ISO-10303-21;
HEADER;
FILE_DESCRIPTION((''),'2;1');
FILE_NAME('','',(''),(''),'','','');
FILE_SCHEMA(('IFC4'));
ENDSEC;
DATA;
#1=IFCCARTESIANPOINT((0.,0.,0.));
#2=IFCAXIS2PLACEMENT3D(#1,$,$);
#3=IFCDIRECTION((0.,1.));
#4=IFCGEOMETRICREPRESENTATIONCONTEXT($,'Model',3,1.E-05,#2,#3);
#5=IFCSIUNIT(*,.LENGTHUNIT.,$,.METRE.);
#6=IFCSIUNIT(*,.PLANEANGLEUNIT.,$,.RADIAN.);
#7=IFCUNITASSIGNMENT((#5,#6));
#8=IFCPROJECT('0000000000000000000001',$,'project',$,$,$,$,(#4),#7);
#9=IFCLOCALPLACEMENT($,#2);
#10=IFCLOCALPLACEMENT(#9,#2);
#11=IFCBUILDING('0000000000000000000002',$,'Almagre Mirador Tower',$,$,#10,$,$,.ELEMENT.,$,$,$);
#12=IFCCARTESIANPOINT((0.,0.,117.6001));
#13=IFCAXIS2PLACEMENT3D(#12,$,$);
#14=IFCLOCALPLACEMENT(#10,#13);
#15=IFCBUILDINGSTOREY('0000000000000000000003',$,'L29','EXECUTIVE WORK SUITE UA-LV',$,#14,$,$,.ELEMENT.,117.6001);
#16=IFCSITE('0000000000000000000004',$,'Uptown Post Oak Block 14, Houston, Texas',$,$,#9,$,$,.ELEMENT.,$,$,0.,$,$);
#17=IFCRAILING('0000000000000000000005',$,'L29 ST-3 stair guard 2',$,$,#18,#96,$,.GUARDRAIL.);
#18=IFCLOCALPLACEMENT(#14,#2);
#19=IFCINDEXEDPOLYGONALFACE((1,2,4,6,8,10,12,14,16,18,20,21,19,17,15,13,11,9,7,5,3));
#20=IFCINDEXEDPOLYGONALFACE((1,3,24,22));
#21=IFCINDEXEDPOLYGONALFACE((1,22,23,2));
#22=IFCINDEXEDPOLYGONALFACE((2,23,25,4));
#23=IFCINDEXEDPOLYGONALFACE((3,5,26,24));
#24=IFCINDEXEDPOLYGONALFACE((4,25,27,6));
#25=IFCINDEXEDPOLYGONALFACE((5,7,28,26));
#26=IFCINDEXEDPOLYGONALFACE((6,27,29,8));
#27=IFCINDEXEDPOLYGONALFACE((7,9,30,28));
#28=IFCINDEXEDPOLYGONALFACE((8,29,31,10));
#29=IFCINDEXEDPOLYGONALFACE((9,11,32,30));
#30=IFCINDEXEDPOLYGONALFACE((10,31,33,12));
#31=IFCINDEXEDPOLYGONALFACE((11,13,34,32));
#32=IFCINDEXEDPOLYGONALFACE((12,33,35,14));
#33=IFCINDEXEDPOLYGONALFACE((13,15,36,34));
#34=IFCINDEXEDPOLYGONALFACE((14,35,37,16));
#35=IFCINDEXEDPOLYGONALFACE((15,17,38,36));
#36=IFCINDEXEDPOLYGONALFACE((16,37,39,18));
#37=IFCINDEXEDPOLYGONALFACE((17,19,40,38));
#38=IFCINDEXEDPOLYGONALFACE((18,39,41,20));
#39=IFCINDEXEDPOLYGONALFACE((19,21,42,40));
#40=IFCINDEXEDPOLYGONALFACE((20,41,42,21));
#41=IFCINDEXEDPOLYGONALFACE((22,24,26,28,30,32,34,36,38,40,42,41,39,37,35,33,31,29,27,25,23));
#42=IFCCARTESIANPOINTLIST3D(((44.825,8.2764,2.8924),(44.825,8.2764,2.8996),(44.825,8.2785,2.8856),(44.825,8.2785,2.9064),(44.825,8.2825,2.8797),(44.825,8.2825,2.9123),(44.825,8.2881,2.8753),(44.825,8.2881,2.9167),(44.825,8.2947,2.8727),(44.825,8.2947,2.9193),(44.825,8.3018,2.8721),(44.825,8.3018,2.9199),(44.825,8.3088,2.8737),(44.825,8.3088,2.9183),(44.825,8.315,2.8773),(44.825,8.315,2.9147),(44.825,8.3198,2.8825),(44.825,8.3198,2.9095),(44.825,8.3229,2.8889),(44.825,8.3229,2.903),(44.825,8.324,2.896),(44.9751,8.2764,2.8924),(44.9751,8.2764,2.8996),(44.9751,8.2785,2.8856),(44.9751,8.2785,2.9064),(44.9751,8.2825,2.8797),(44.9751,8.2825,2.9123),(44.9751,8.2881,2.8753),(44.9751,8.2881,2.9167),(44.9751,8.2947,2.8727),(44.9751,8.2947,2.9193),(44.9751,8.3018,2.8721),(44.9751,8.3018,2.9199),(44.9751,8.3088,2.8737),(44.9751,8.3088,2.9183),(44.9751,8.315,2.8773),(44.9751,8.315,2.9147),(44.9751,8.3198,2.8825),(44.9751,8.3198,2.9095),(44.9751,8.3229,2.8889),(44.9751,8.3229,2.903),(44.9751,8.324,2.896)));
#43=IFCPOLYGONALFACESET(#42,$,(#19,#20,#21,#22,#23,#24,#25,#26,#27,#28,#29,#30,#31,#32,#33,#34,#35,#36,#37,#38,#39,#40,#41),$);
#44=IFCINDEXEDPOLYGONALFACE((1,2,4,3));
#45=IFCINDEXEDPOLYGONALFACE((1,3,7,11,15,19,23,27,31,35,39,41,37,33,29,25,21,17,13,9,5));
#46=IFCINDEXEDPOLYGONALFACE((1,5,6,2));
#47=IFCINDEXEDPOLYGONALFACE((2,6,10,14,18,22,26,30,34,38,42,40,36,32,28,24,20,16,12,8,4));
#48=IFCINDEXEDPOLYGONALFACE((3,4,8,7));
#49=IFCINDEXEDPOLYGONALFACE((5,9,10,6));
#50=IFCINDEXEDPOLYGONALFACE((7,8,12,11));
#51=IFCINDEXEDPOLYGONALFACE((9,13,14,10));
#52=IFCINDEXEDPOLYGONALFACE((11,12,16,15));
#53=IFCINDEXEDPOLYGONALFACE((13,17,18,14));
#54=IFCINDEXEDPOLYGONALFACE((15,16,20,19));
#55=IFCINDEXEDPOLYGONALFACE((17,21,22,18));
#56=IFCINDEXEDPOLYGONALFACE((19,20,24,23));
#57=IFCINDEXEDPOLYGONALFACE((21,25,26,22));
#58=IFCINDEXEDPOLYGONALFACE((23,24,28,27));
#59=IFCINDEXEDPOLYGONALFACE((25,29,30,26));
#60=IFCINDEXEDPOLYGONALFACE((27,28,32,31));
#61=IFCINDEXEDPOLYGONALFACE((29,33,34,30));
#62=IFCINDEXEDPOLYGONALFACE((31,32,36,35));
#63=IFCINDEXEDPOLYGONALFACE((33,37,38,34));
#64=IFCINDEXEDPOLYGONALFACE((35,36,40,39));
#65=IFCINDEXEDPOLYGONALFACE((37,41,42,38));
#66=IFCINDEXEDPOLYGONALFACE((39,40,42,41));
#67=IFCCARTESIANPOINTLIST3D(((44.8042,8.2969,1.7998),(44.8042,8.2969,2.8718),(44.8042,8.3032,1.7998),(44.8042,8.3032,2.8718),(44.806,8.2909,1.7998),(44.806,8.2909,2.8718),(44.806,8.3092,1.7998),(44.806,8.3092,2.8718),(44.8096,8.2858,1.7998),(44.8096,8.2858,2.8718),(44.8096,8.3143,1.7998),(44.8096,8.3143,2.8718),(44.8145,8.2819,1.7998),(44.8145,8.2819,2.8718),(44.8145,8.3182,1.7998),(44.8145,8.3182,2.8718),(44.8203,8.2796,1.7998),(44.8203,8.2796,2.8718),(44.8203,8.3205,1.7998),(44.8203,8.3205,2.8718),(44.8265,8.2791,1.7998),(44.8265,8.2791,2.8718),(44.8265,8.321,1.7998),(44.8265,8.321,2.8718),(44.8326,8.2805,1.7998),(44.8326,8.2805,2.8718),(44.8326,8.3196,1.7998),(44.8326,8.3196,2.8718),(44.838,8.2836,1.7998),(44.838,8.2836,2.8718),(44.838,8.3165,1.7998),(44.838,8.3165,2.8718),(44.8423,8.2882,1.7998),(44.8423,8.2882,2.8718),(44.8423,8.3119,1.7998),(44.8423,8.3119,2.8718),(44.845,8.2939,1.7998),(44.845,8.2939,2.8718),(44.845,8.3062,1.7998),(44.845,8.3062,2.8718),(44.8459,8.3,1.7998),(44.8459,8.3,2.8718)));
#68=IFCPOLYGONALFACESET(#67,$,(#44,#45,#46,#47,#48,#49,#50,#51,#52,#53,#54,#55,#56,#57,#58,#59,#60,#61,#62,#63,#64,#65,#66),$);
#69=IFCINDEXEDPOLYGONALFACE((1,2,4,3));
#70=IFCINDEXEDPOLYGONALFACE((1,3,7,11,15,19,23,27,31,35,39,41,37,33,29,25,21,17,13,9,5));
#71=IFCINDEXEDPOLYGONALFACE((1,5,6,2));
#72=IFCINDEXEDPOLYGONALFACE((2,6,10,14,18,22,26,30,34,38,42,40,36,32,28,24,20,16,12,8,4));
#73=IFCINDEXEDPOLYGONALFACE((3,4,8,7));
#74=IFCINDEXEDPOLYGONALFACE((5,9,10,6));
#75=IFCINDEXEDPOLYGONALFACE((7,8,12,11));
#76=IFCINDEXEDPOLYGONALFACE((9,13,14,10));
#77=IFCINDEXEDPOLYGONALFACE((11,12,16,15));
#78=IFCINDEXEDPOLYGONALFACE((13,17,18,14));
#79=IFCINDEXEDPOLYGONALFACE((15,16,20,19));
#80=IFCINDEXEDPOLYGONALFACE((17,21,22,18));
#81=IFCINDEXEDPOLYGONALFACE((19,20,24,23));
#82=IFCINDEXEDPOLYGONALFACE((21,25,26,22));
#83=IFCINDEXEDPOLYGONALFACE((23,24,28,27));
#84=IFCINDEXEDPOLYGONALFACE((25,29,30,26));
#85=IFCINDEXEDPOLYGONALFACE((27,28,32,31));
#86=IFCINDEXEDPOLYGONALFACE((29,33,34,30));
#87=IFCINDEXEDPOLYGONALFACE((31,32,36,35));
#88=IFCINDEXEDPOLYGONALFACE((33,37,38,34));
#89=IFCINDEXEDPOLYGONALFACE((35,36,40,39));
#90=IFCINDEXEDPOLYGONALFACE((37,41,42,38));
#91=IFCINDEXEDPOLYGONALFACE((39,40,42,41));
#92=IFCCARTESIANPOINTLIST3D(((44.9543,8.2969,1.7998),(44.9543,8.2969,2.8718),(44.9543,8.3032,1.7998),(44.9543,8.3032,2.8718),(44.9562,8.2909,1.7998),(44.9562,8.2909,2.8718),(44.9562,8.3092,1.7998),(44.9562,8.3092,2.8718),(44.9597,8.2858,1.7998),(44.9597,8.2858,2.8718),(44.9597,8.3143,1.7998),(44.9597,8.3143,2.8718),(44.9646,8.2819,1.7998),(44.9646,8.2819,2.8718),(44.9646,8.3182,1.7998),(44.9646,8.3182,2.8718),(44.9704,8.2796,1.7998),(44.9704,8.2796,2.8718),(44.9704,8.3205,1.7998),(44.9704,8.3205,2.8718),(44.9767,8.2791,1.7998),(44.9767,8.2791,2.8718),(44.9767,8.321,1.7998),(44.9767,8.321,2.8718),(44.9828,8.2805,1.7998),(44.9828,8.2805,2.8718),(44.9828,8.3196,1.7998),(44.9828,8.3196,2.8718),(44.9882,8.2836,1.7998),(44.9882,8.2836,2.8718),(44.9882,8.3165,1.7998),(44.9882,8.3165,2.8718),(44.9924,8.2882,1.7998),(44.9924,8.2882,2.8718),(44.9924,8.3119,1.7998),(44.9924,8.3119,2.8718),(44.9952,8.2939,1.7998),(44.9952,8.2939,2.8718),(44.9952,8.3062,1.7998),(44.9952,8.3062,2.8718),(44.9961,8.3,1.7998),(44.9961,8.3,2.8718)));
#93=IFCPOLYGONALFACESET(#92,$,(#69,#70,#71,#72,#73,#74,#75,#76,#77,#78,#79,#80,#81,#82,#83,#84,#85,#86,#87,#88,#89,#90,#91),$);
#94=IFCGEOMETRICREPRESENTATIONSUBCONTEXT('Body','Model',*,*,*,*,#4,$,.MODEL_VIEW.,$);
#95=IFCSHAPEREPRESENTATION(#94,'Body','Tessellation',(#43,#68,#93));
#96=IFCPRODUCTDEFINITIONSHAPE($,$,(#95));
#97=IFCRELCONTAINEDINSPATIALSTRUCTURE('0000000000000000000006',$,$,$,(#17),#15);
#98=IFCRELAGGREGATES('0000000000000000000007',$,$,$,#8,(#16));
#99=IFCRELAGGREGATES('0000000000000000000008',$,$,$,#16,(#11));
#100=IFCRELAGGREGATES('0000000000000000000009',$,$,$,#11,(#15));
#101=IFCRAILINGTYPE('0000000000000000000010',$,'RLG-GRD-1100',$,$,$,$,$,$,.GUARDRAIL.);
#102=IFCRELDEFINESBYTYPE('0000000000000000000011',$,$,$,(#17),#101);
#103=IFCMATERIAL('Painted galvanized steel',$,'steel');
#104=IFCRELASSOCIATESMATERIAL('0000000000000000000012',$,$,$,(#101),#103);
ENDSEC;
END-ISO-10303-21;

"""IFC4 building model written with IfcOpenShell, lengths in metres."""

from ifc_helpers import new_model, si_unit, direction, frame, origin, origin_2d, place, context, subcontext, project, spatial, circle, extrude, material, type_object, element, save


model = new_model("IFC4")

# Units and contexts
model_context = context("Model", 3, precision=1e-05, world=origin(), true_north=direction((0.0, 1.0)))
body_context = subcontext(model_context, "Body", "Model", "MODEL_VIEW")
ifc_project = project(units=[si_unit("LENGTHUNIT", "METRE"), si_unit("PLANEANGLEUNIT", "RADIAN")], contexts=[model_context])

# Site, building, storey
site_placement = place(None, origin())
site = spatial("IfcSite", under=ifc_project, at=site_placement, Name="Uptown Post Oak Block 14, Houston, Texas", CompositionType="ELEMENT", RefElevation=0.0)
building_placement = place(site_placement, origin())
building = spatial("IfcBuilding", under=site, at=building_placement, Name="Almagre Mirador Tower", CompositionType="ELEMENT")
storey_placement = place(building_placement, frame((0.0, 0.0, 117.6001)))
storey = spatial("IfcBuildingStorey", under=building, at=storey_placement, Name="L29", Description="EXECUTIVE WORK SUITE UA-LV", CompositionType="ELEMENT", Elevation=117.6001)

# Railing
ifc_material_1 = material(Name="Painted galvanized steel", Category="steel")
railing_type_1 = type_object("IfcRailingType", Name="RLG-GRD-1100", PredefinedType="GUARDRAIL", material=ifc_material_1)
railing_1_placement = place(storey_placement, frame((44.825, 8.3, 1.7998)))
element("IfcRailing", 1, at=railing_1_placement, inside=storey, type_object=railing_type_1, Name="L29 ST-3 stair guard 2", PredefinedType="GUARDRAIL", context=body_context, shape_type="SweptSolid", body=[
    extrude(circle(Radius=0.0239, at=origin_2d()), frame((0.0, 0.0, 1.0962), z_axis=(1.0, 0.0, 0.0), x_axis=(0.0, 1.0, 0.0)), (0.0, 0.0, 1.0), 0.1501),
    extrude(circle(Radius=0.021, at=origin_2d()), origin(), (0.0, 0.0, 1.0), 1.072),
    extrude(circle(Radius=0.021, at=origin_2d()), frame((0.1501, 0.0, 0.0)), (0.0, 0.0, 1.0), 1.072),
])

save(model, "model.ifc")
